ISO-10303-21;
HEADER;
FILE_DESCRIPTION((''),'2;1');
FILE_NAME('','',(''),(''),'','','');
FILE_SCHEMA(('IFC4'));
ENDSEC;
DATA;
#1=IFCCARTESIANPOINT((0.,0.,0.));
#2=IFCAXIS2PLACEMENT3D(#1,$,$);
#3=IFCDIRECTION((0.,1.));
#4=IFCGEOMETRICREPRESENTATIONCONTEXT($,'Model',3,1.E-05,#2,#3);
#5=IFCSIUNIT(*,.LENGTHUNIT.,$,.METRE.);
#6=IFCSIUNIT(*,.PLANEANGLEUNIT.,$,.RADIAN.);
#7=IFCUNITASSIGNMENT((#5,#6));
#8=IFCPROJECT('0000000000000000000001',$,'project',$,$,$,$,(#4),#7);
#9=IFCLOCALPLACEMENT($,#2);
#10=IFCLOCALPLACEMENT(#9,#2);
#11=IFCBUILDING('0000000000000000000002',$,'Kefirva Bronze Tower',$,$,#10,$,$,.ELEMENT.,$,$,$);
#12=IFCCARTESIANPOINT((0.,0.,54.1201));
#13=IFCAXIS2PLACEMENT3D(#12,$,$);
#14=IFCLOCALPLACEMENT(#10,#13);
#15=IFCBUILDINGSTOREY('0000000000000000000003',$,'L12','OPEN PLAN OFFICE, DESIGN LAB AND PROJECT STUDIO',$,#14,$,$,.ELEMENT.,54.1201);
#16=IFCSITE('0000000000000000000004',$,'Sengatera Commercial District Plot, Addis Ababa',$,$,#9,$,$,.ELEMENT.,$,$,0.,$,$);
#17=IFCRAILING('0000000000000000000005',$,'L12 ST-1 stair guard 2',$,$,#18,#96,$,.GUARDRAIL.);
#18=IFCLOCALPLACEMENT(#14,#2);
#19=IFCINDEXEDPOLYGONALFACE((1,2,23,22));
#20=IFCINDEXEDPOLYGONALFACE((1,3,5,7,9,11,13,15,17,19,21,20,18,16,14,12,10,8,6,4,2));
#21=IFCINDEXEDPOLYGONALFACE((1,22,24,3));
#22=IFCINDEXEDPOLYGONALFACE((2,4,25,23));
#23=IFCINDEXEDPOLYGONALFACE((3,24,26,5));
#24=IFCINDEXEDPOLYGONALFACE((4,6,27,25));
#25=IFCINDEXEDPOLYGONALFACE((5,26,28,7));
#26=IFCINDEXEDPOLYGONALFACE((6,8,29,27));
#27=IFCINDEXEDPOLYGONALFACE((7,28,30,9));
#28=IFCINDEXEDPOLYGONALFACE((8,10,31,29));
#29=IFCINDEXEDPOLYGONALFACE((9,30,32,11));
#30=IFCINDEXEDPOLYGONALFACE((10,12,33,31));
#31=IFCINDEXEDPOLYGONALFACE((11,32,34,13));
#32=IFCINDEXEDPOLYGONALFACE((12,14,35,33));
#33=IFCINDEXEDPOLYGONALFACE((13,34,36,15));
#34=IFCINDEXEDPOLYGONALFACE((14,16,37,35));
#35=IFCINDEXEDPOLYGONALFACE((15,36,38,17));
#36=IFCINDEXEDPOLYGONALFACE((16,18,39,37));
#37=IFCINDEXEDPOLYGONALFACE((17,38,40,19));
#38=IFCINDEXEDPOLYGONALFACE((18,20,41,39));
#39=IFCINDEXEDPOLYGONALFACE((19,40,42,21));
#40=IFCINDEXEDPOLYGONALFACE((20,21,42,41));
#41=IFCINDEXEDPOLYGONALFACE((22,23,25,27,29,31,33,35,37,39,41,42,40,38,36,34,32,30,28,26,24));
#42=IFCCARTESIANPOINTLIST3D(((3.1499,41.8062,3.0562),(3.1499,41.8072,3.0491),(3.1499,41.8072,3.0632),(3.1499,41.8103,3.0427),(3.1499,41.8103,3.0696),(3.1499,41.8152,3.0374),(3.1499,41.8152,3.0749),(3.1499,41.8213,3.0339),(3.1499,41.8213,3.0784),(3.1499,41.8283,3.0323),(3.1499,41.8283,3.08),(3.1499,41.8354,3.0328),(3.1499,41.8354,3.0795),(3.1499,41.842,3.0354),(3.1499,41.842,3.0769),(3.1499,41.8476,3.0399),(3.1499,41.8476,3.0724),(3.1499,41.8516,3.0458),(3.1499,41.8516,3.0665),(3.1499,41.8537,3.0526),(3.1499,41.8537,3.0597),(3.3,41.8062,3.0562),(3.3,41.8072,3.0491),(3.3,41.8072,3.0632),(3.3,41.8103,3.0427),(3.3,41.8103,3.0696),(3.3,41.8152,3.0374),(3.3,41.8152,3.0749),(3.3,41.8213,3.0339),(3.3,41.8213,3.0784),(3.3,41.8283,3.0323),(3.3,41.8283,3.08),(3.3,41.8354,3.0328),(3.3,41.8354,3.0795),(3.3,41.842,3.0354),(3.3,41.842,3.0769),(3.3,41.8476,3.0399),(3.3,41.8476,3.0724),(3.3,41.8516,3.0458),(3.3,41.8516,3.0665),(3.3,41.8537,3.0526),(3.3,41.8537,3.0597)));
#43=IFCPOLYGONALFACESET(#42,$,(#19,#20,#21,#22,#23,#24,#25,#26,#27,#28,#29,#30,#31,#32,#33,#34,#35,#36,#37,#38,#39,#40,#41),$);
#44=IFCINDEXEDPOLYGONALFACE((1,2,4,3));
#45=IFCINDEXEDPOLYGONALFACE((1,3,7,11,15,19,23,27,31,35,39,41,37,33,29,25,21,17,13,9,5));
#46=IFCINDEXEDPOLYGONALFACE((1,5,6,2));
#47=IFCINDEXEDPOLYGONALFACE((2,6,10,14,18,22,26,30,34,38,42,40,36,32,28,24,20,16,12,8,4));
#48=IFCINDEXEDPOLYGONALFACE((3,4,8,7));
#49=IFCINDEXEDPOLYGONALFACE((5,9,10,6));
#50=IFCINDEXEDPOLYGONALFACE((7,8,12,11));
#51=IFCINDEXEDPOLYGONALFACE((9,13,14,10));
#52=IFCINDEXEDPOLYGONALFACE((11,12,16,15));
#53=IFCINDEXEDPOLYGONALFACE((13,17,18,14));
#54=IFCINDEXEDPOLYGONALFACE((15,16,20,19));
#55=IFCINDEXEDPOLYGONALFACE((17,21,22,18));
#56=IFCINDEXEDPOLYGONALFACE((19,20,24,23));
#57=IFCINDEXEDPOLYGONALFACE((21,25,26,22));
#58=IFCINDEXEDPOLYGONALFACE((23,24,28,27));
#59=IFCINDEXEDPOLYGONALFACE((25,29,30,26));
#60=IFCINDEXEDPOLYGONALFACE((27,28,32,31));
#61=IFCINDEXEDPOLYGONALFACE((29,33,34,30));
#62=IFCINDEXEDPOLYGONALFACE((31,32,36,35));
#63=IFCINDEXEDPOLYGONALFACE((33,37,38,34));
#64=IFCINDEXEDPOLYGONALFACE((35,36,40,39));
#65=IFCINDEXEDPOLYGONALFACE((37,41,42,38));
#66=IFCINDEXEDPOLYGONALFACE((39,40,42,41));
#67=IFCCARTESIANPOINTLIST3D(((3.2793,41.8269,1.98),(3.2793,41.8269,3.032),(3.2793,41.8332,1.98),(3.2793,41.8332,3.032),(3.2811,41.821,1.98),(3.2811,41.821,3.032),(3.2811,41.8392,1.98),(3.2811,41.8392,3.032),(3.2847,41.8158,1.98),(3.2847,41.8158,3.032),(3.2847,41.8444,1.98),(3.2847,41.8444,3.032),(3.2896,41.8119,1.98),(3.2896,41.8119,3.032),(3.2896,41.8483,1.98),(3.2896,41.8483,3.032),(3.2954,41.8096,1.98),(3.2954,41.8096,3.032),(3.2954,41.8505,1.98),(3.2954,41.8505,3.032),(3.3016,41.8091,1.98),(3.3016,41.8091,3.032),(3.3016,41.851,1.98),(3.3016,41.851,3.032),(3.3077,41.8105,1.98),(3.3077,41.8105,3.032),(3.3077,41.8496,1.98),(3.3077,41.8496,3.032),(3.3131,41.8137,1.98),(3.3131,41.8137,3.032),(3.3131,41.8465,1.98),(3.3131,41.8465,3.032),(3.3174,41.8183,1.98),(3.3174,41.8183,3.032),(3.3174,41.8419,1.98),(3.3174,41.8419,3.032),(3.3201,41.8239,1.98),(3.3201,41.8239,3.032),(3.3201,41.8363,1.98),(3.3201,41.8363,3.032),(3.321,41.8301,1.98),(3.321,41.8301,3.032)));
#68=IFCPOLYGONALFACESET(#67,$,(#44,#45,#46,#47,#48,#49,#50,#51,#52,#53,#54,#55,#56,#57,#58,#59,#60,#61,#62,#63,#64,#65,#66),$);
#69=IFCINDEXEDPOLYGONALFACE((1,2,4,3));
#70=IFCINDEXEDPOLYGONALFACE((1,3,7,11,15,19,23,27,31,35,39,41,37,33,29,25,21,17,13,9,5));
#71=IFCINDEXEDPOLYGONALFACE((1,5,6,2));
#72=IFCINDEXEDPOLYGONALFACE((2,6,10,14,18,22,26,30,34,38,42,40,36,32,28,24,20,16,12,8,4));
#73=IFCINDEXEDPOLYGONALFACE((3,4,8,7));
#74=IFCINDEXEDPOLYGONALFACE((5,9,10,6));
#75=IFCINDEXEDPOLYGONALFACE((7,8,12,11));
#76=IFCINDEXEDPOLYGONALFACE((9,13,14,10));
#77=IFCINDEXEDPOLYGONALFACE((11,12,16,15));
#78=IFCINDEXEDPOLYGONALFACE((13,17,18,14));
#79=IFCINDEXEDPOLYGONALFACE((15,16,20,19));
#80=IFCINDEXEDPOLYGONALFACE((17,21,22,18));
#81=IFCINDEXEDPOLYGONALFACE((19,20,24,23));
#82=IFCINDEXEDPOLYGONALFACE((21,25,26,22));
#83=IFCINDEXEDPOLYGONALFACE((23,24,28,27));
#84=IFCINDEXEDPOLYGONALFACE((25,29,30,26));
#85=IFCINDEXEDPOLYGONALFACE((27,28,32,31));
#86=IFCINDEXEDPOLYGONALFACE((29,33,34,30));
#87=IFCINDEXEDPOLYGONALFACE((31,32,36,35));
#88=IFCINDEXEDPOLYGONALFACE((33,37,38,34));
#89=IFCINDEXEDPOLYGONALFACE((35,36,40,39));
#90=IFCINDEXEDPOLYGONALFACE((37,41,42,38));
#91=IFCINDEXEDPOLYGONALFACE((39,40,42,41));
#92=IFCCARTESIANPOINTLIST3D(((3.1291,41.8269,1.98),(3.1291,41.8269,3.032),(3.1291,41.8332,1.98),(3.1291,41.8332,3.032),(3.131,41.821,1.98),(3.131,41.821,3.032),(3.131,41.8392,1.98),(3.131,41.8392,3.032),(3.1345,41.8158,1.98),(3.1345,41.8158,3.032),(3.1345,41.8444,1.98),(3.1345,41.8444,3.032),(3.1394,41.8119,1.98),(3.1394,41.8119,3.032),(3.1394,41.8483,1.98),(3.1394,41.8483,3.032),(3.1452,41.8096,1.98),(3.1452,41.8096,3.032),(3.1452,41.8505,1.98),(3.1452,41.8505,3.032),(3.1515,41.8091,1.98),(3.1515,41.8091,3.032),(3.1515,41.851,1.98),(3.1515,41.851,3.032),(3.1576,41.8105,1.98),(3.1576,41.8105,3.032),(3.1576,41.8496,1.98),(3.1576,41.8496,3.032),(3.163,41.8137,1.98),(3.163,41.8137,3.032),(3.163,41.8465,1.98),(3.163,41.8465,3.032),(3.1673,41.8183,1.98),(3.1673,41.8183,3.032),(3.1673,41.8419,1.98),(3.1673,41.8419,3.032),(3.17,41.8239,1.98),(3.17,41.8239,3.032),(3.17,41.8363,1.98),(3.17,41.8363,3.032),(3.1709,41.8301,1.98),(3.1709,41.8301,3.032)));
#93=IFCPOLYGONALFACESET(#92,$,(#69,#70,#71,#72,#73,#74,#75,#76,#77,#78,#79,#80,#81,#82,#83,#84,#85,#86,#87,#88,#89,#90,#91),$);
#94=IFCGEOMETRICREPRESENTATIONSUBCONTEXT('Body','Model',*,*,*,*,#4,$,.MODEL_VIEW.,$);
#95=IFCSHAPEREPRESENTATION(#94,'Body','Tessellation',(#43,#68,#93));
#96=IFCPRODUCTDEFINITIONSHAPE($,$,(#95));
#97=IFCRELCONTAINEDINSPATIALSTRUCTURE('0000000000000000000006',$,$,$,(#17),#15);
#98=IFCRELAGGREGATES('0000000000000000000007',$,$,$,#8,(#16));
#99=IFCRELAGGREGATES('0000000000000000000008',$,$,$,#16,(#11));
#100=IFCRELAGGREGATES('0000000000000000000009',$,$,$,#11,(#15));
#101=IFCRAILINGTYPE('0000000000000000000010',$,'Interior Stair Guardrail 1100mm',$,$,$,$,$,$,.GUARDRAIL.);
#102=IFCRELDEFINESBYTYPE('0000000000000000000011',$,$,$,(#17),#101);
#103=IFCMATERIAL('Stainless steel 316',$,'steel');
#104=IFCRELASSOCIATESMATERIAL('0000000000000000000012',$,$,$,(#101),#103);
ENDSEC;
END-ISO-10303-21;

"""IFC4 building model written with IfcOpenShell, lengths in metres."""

from ifc_helpers import new_model, si_unit, direction, frame, origin, origin_2d, place, context, subcontext, project, spatial, circle, extrude, material, type_object, element, save


model = new_model("IFC4")

# Units and contexts
model_context = context("Model", 3, precision=1e-05, world=origin(), true_north=direction((0.0, 1.0)))
body_context = subcontext(model_context, "Body", "Model", "MODEL_VIEW")
ifc_project = project(units=[si_unit("LENGTHUNIT", "METRE"), si_unit("PLANEANGLEUNIT", "RADIAN")], contexts=[model_context])

# Site, building, storey
site_placement = place(None, origin())
site = spatial("IfcSite", under=ifc_project, at=site_placement, Name="Sengatera Commercial District Plot, Addis Ababa", CompositionType="ELEMENT", RefElevation=0.0)
building_placement = place(site_placement, origin())
building = spatial("IfcBuilding", under=site, at=building_placement, Name="Kefirva Bronze Tower", CompositionType="ELEMENT")
storey_placement = place(building_placement, frame((0.0, 0.0, 54.1201)))
storey = spatial("IfcBuildingStorey", under=building, at=storey_placement, Name="L12", Description="OPEN PLAN OFFICE, DESIGN LAB AND PROJECT STUDIO", CompositionType="ELEMENT", Elevation=54.1201)

# Railing
ifc_material_1 = material(Name="Stainless steel 316", Category="steel")
railing_type_1 = type_object("IfcRailingType", Name="Interior Stair Guardrail 1100mm", PredefinedType="GUARDRAIL", material=ifc_material_1)
railing_1_placement = place(storey_placement, frame((3.3, 41.8301, 1.98)))
element("IfcRailing", 1, at=railing_1_placement, inside=storey, type_object=railing_type_1, Name="L12 ST-1 stair guard 2", PredefinedType="GUARDRAIL", context=body_context, shape_type="SweptSolid", body=[
    extrude(circle(Radius=0.0239, at=origin_2d()), frame((0.0, 0.0, 1.0762), z_axis=(-1.0, 0.0, 0.0), x_axis=(0.0, -1.0, 0.0)), (0.0, 0.0, 1.0), 0.1501),
    extrude(circle(Radius=0.021, at=origin_2d()), origin(), (0.0, 0.0, 1.0), 1.052),
    extrude(circle(Radius=0.021, at=origin_2d()), frame((-0.1501, 0.0, 0.0)), (0.0, 0.0, 1.0), 1.052),
])

save(model, "model.ifc")
